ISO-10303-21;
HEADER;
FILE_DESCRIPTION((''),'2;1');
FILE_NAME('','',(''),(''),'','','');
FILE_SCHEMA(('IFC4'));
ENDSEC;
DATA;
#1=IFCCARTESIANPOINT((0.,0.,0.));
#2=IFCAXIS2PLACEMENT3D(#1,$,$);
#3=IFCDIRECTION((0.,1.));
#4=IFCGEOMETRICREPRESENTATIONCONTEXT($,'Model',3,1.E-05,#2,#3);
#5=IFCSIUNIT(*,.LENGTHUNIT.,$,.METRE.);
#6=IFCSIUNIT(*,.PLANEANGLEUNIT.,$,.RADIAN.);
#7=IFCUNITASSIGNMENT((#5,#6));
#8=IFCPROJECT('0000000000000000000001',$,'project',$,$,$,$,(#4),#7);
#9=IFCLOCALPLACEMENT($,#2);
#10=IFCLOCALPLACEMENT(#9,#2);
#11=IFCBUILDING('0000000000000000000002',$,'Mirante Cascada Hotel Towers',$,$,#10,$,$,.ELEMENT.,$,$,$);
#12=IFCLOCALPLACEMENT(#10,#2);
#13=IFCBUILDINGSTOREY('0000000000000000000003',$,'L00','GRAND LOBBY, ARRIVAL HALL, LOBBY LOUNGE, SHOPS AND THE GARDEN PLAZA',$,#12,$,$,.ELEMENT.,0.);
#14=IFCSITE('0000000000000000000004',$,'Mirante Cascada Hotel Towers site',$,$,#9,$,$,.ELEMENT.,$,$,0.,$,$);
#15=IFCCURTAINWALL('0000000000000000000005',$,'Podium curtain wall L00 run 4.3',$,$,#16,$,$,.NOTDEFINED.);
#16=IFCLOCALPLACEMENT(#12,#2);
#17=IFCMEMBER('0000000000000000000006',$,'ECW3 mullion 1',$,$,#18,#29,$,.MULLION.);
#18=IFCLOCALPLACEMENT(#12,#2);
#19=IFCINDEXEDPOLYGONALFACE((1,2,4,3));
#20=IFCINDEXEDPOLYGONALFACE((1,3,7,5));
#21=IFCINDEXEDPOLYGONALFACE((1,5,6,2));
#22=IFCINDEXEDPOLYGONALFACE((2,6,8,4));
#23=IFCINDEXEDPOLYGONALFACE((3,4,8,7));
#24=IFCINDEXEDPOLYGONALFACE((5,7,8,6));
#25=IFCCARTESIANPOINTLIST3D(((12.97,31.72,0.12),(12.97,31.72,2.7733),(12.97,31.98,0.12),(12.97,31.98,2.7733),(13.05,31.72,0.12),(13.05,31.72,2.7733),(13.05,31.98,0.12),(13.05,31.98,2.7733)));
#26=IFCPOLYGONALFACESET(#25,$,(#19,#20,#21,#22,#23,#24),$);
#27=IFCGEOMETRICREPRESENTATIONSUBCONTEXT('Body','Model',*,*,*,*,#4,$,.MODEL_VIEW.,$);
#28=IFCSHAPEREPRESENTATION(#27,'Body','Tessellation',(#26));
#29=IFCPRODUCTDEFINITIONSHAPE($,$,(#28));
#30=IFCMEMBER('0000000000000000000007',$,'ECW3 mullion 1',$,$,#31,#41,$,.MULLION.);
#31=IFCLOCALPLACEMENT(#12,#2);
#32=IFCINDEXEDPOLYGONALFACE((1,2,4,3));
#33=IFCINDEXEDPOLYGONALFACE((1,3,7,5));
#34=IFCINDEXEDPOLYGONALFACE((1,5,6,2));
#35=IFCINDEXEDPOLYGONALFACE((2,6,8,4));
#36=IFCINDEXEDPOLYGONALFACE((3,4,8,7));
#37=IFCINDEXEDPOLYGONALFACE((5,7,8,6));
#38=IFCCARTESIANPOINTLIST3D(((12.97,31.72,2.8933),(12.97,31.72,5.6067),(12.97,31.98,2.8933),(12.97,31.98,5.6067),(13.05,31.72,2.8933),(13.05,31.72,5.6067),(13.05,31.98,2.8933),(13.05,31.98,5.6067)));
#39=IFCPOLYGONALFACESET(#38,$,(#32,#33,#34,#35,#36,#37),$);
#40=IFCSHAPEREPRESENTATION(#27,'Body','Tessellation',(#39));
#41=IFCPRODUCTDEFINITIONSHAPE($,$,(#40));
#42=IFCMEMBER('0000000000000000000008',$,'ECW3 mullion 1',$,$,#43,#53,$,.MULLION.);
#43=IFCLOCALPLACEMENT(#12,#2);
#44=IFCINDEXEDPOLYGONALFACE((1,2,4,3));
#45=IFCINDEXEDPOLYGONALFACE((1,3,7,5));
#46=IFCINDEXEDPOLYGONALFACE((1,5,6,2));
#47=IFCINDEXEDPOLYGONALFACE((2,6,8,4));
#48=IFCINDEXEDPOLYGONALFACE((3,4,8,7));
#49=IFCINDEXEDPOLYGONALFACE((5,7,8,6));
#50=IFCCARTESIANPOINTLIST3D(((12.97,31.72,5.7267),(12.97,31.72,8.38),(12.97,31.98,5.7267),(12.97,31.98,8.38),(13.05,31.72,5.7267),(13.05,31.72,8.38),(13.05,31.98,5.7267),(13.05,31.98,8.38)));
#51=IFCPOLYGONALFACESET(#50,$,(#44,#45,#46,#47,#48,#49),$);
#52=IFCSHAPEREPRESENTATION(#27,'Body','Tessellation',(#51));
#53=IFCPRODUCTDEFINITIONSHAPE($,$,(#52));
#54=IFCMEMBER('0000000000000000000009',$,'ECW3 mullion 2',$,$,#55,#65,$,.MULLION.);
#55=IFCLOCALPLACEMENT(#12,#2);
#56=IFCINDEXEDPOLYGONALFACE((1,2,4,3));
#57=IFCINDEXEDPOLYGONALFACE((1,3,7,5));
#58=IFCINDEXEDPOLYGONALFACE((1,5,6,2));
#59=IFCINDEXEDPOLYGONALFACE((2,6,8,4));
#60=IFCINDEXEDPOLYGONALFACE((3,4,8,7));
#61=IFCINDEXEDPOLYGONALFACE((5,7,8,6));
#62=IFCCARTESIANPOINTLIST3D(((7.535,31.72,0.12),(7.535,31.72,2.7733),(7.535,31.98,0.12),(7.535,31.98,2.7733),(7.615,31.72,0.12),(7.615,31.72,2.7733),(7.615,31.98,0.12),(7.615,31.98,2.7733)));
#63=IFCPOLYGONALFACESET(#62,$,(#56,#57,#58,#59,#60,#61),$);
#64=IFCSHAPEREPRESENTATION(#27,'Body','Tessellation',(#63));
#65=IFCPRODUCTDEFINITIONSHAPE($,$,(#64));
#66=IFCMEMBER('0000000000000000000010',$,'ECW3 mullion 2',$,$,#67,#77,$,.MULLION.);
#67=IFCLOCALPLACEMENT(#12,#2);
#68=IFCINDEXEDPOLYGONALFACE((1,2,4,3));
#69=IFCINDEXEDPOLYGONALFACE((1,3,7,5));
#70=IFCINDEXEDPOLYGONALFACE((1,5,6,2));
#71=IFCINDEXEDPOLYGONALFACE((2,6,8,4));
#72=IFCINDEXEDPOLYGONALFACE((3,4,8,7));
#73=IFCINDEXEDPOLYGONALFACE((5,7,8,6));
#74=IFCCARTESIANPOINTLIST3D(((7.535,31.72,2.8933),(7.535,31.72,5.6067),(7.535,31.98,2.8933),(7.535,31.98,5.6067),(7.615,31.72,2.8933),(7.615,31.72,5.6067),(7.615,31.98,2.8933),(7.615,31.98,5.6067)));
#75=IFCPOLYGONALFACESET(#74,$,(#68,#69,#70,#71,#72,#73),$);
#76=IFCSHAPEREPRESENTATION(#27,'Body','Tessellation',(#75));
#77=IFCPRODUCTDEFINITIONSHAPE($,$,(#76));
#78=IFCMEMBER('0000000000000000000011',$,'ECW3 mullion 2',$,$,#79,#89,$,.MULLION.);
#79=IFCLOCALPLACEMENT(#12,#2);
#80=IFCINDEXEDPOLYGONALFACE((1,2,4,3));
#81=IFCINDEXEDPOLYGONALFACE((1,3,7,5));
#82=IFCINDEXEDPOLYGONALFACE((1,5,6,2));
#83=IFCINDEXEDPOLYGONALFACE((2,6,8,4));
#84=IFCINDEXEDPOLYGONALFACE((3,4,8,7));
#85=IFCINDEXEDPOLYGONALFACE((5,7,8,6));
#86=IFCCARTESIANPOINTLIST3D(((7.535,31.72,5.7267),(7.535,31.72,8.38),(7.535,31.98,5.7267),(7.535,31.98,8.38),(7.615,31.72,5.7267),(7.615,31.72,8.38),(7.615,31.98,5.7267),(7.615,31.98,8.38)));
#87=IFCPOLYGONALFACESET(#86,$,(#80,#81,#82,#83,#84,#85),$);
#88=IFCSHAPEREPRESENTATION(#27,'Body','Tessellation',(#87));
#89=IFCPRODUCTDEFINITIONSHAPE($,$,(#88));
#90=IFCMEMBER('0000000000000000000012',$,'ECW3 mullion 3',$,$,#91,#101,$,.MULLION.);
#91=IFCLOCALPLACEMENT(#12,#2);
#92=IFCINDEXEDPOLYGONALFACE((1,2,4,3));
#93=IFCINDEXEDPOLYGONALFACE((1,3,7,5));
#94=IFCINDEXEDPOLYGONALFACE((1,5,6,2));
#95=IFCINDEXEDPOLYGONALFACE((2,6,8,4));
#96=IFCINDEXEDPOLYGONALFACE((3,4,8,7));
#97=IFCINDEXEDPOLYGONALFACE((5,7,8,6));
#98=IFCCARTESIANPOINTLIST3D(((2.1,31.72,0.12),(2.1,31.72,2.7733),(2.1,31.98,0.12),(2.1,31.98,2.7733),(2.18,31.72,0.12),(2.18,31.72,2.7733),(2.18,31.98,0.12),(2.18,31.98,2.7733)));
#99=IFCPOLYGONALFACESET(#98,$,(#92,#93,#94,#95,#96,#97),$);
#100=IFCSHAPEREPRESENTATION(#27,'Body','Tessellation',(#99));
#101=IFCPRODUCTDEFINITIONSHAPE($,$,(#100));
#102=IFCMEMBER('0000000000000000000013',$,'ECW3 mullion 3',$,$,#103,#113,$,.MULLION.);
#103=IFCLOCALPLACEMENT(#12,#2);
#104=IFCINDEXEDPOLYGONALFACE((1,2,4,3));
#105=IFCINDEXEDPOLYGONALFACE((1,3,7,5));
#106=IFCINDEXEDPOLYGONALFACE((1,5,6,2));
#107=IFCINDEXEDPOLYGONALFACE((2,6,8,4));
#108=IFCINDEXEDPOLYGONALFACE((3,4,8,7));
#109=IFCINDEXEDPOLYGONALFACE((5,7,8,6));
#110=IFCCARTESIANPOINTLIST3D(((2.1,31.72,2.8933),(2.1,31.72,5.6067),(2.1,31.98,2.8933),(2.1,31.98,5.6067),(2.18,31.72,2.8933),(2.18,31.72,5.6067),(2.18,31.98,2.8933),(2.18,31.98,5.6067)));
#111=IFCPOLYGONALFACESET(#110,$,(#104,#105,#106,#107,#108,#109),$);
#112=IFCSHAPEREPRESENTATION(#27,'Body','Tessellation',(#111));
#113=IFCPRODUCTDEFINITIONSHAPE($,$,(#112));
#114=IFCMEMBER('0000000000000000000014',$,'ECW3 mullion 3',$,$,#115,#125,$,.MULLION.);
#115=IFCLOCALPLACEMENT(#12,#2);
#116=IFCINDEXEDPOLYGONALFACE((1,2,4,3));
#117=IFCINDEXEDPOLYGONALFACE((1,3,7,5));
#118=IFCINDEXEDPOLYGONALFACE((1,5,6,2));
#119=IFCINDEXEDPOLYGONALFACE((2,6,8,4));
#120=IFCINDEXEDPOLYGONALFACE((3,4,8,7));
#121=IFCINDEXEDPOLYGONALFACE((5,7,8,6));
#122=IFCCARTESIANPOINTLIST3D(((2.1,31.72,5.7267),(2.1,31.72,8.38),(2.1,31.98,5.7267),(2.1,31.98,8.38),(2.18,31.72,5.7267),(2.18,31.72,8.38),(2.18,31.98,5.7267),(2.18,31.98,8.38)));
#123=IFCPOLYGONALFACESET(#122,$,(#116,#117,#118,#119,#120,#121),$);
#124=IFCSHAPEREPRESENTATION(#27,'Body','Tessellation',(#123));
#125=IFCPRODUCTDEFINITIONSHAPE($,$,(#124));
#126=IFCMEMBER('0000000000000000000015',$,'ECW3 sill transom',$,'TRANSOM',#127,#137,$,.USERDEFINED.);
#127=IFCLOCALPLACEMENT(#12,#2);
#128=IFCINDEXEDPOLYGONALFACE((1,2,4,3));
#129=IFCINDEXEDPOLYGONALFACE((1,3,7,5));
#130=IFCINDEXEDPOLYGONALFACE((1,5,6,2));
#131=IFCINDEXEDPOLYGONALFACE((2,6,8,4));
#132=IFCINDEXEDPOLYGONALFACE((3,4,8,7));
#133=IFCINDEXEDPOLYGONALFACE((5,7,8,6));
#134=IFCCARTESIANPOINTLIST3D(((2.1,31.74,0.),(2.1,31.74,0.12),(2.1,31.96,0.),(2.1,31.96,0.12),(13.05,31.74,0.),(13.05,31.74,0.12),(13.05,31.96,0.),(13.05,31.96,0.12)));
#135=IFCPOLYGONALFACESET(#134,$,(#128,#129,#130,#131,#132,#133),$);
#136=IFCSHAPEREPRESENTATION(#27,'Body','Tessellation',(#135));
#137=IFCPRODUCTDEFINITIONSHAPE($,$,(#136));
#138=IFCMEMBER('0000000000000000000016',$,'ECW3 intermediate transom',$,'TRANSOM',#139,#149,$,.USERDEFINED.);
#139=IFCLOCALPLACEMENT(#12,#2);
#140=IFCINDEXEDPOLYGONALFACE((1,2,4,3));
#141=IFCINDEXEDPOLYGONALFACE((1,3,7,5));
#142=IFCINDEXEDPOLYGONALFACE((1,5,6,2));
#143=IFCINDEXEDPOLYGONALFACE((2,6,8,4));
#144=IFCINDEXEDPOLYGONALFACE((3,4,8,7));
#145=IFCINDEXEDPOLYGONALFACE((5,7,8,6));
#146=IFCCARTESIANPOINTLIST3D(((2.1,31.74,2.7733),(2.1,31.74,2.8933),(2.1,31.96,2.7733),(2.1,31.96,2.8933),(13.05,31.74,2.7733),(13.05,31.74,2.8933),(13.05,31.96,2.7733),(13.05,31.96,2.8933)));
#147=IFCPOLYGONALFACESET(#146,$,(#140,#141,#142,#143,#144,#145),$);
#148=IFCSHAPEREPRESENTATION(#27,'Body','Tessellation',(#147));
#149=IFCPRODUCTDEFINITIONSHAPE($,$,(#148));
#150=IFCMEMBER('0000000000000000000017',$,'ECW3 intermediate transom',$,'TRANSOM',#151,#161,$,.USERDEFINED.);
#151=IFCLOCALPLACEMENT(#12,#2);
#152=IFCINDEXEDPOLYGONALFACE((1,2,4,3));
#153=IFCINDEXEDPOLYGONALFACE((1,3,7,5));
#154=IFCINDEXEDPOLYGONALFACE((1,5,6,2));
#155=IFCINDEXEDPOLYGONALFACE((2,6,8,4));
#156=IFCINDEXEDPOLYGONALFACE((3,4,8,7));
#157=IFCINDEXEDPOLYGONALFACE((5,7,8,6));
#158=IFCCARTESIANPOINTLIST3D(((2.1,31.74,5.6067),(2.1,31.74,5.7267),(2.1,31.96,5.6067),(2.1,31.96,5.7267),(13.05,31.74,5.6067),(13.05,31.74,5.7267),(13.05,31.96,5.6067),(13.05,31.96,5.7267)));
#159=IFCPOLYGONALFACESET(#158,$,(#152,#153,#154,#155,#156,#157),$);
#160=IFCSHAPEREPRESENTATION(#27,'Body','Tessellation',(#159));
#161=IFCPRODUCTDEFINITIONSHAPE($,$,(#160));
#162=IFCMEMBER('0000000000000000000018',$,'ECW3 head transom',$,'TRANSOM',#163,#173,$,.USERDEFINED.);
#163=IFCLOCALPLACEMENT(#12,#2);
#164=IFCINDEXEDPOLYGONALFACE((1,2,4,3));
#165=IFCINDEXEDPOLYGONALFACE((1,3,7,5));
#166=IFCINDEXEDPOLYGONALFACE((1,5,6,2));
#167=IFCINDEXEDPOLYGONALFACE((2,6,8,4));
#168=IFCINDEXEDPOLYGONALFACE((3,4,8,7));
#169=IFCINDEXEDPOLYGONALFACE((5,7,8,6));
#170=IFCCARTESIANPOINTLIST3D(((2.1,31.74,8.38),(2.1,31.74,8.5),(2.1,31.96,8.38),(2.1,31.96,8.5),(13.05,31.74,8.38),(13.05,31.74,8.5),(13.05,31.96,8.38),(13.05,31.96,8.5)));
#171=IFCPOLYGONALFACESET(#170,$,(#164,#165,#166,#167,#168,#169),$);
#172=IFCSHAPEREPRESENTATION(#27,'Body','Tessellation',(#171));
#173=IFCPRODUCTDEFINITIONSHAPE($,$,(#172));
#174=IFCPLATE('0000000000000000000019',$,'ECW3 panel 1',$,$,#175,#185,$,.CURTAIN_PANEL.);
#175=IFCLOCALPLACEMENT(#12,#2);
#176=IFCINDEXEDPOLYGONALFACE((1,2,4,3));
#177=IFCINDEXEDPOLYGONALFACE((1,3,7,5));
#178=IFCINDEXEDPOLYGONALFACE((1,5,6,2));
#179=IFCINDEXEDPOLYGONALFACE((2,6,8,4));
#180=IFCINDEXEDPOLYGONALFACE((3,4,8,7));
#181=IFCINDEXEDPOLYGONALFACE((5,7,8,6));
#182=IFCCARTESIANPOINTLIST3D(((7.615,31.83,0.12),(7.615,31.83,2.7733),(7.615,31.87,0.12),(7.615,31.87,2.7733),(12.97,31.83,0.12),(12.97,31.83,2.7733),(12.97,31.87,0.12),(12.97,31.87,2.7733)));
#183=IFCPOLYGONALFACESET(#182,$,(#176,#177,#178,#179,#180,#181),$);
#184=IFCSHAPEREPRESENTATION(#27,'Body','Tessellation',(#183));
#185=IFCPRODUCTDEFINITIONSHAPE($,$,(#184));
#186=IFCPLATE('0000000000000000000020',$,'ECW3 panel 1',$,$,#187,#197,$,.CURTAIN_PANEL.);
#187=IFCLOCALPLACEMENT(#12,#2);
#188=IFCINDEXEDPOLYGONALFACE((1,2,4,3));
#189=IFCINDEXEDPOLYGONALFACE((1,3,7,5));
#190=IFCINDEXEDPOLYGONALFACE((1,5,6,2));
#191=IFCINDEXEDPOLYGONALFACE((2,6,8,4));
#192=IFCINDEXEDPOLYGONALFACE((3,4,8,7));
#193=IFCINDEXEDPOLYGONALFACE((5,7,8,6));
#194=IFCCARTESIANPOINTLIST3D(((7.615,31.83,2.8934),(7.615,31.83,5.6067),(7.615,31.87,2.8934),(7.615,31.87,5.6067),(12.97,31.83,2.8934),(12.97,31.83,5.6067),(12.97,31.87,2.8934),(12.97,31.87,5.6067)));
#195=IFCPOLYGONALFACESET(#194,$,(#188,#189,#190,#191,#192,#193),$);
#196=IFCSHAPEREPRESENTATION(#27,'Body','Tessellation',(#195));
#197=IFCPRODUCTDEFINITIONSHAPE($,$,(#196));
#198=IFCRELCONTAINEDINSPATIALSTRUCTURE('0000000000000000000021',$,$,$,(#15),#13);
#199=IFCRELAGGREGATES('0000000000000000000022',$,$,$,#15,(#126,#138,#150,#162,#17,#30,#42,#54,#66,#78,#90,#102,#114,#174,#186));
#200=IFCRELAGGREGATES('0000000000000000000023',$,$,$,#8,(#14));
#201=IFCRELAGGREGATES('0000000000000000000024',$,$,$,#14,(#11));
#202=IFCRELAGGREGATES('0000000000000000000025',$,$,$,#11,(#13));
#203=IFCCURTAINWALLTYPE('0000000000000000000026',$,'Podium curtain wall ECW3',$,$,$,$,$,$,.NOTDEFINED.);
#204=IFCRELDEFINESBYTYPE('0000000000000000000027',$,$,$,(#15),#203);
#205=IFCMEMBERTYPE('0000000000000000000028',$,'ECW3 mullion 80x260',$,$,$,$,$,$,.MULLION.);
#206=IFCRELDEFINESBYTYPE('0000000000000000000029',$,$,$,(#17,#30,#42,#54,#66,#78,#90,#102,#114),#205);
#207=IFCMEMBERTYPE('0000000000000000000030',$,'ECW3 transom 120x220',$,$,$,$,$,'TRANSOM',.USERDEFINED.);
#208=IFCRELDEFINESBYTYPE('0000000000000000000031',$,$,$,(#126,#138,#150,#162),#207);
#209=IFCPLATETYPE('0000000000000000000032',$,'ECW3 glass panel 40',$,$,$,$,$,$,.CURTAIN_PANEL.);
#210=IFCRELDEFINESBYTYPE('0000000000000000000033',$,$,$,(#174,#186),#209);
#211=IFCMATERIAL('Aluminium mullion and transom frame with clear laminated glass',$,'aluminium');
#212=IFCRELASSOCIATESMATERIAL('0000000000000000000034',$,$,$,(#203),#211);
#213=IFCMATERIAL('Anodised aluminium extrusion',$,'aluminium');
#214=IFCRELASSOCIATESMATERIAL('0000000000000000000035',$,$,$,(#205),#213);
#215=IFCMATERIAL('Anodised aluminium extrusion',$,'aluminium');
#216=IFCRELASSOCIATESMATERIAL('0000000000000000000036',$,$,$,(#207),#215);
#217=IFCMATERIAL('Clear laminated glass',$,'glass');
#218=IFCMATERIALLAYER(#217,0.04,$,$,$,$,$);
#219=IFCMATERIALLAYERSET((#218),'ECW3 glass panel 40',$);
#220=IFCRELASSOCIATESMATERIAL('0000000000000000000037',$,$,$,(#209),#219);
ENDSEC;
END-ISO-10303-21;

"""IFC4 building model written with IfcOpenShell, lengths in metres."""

from ifc_helpers import new_model, si_unit, direction, frame, origin, origin_2d, place, context, subcontext, project, spatial, rectangle, extrude, material, layer, layer_set, material_profile, profile_set, type_object, element, aggregate, save


model = new_model("IFC4")

# Units and contexts
model_context = context("Model", 3, precision=1e-05, world=origin(), true_north=direction((0.0, 1.0)))
body_context = subcontext(model_context, "Body", "Model", "MODEL_VIEW")
ifc_project = project(units=[si_unit("LENGTHUNIT", "METRE"), si_unit("PLANEANGLEUNIT", "RADIAN")], contexts=[model_context])

# Site, building, storey
site_placement = place(None, origin())
site = spatial("IfcSite", under=ifc_project, at=site_placement, Name="Mirante Cascada Hotel Towers site", CompositionType="ELEMENT", RefElevation=0.0)
building_placement = place(site_placement, origin())
building = spatial("IfcBuilding", under=site, at=building_placement, Name="Mirante Cascada Hotel Towers", CompositionType="ELEMENT")
storey_placement = place(building_placement, origin())
storey = spatial("IfcBuildingStorey", under=building, at=storey_placement, Name="L00", Description="GRAND LOBBY, ARRIVAL HALL, LOBBY LOUNGE, SHOPS AND THE GARDEN PLAZA", CompositionType="ELEMENT", Elevation=0.0)

# Curtain wall, members, plates
ifc_material_1 = material(Name="Aluminium mullion and transom frame with clear laminated glass", Category="aluminium")
curtain_wall_type = type_object("IfcCurtainWallType", Name="Podium curtain wall ECW3", PredefinedType="NOTDEFINED", material=ifc_material_1)
curtain_wall_placement = place(storey_placement, origin())
curtain_wall = element("IfcCurtainWall", 1, at=curtain_wall_placement, inside=storey, type_object=curtain_wall_type, Name="Podium curtain wall L00 run 4.3", PredefinedType="NOTDEFINED")
ifc_material_2 = material(Name="Anodised aluminium extrusion", Category="aluminium")
ifc_material_profile_1 = material_profile(ifc_material_2, rectangle(XDim=0.26, YDim=0.08, at=origin_2d()), Name="ECW3 MULLION 80x260")
ifc_profile_set_1 = profile_set([ifc_material_profile_1], Name="Anodised aluminium extrusion")
member_type_1 = type_object("IfcMemberType", Name="ECW3 mullion 80x260", PredefinedType="MULLION", material=ifc_profile_set_1)
member_1_placement = place(storey_placement, frame((13.01, 31.85, 0.12), z_axis=(0.0, 0.0, 1.0), x_axis=(0.0, -1.0, 0.0)))
member_1 = element("IfcMember", 2, at=member_1_placement, type_object=member_type_1, Name="ECW3 mullion 1", PredefinedType="MULLION", context=body_context, shape_type="SweptSolid", body=[
    extrude(rectangle(XDim=0.26, YDim=0.08, at=origin_2d()), origin(), (0.0, 0.0, 1.0), 2.6533),
])
member_2_placement = place(storey_placement, frame((13.01, 31.85, 2.8933), z_axis=(0.0, 0.0, 1.0), x_axis=(0.0, -1.0, 0.0)))
member_2 = element("IfcMember", 3, at=member_2_placement, type_object=member_type_1, Name="ECW3 mullion 1", PredefinedType="MULLION", context=body_context, shape_type="SweptSolid", body=[
    extrude(rectangle(XDim=0.26, YDim=0.08, at=origin_2d()), origin(), (0.0, 0.0, 1.0), 2.7134),
])
member_3_placement = place(storey_placement, frame((13.01, 31.85, 5.7267), z_axis=(0.0, 0.0, 1.0), x_axis=(0.0, -1.0, 0.0)))
member_3 = element("IfcMember", 4, at=member_3_placement, type_object=member_type_1, Name="ECW3 mullion 1", PredefinedType="MULLION", context=body_context, shape_type="SweptSolid", body=[
    extrude(rectangle(XDim=0.26, YDim=0.08, at=origin_2d()), origin(), (0.0, 0.0, 1.0), 2.6533),
])
member_4_placement = place(storey_placement, frame((7.575, 31.85, 0.12), z_axis=(0.0, 0.0, 1.0), x_axis=(0.0, -1.0, 0.0)))
member_4 = element("IfcMember", 5, at=member_4_placement, type_object=member_type_1, Name="ECW3 mullion 2", PredefinedType="MULLION", context=body_context, shape_type="SweptSolid", body=[
    extrude(rectangle(XDim=0.26, YDim=0.08, at=origin_2d()), origin(), (0.0, 0.0, 1.0), 2.6533),
])
member_5_placement = place(storey_placement, frame((7.575, 31.85, 2.8933), z_axis=(0.0, 0.0, 1.0), x_axis=(0.0, -1.0, 0.0)))
member_5 = element("IfcMember", 6, at=member_5_placement, type_object=member_type_1, Name="ECW3 mullion 2", PredefinedType="MULLION", context=body_context, shape_type="SweptSolid", body=[
    extrude(rectangle(XDim=0.26, YDim=0.08, at=origin_2d()), origin(), (0.0, 0.0, 1.0), 2.7134),
])
member_6_placement = place(storey_placement, frame((7.575, 31.85, 5.7267), z_axis=(0.0, 0.0, 1.0), x_axis=(0.0, -1.0, 0.0)))
member_6 = element("IfcMember", 7, at=member_6_placement, type_object=member_type_1, Name="ECW3 mullion 2", PredefinedType="MULLION", context=body_context, shape_type="SweptSolid", body=[
    extrude(rectangle(XDim=0.26, YDim=0.08, at=origin_2d()), origin(), (0.0, 0.0, 1.0), 2.6533),
])
member_7_placement = place(storey_placement, frame((2.14, 31.85, 0.12), z_axis=(0.0, 0.0, 1.0), x_axis=(0.0, -1.0, 0.0)))
member_7 = element("IfcMember", 8, at=member_7_placement, type_object=member_type_1, Name="ECW3 mullion 3", PredefinedType="MULLION", context=body_context, shape_type="SweptSolid", body=[
    extrude(rectangle(XDim=0.26, YDim=0.08, at=origin_2d()), origin(), (0.0, 0.0, 1.0), 2.6533),
])
member_8_placement = place(storey_placement, frame((2.14, 31.85, 2.8933), z_axis=(0.0, 0.0, 1.0), x_axis=(0.0, -1.0, 0.0)))
member_8 = element("IfcMember", 9, at=member_8_placement, type_object=member_type_1, Name="ECW3 mullion 3", PredefinedType="MULLION", context=body_context, shape_type="SweptSolid", body=[
    extrude(rectangle(XDim=0.26, YDim=0.08, at=origin_2d()), origin(), (0.0, 0.0, 1.0), 2.7134),
])
member_9_placement = place(storey_placement, frame((2.14, 31.85, 5.7267), z_axis=(0.0, 0.0, 1.0), x_axis=(0.0, -1.0, 0.0)))
member_9 = element("IfcMember", 10, at=member_9_placement, type_object=member_type_1, Name="ECW3 mullion 3", PredefinedType="MULLION", context=body_context, shape_type="SweptSolid", body=[
    extrude(rectangle(XDim=0.26, YDim=0.08, at=origin_2d()), origin(), (0.0, 0.0, 1.0), 2.6533),
])
ifc_material_3 = material(Name="Anodised aluminium extrusion", Category="aluminium")
ifc_material_profile_2 = material_profile(ifc_material_3, rectangle(XDim=0.22, YDim=0.12, at=origin_2d()), Name="ECW3 TRANSOM 120x220")
ifc_profile_set_2 = profile_set([ifc_material_profile_2], Name="Anodised aluminium extrusion")
member_type_2 = type_object("IfcMemberType", Name="ECW3 transom 120x220", ElementType="TRANSOM", PredefinedType="USERDEFINED", material=ifc_profile_set_2)
member_10_placement = place(storey_placement, frame((13.05, 31.85, 0.06), z_axis=(-1.0, 0.0, 0.0), x_axis=(0.0, -1.0, 0.0)))
member_10 = element("IfcMember", 11, at=member_10_placement, type_object=member_type_2, Name="ECW3 sill transom", ObjectType="TRANSOM", PredefinedType="USERDEFINED", context=body_context, shape_type="SweptSolid", body=[
    extrude(rectangle(XDim=0.22, YDim=0.12, at=origin_2d()), origin(), (0.0, 0.0, 1.0), 10.95),
])
member_11_placement = place(storey_placement, frame((13.05, 31.85, 2.8333), z_axis=(-1.0, 0.0, 0.0), x_axis=(0.0, -1.0, 0.0)))
member_11 = element("IfcMember", 12, at=member_11_placement, type_object=member_type_2, Name="ECW3 intermediate transom", ObjectType="TRANSOM", PredefinedType="USERDEFINED", context=body_context, shape_type="SweptSolid", body=[
    extrude(rectangle(XDim=0.22, YDim=0.12, at=origin_2d()), origin(), (0.0, 0.0, 1.0), 10.95),
])
member_12_placement = place(storey_placement, frame((13.05, 31.85, 5.6667), z_axis=(-1.0, 0.0, 0.0), x_axis=(0.0, -1.0, 0.0)))
member_12 = element("IfcMember", 13, at=member_12_placement, type_object=member_type_2, Name="ECW3 intermediate transom", ObjectType="TRANSOM", PredefinedType="USERDEFINED", context=body_context, shape_type="SweptSolid", body=[
    extrude(rectangle(XDim=0.22, YDim=0.12, at=origin_2d()), origin(), (0.0, 0.0, 1.0), 10.95),
])
member_13_placement = place(storey_placement, frame((13.05, 31.85, 8.44), z_axis=(-1.0, 0.0, 0.0), x_axis=(0.0, -1.0, 0.0)))
member_13 = element("IfcMember", 14, at=member_13_placement, type_object=member_type_2, Name="ECW3 head transom", ObjectType="TRANSOM", PredefinedType="USERDEFINED", context=body_context, shape_type="SweptSolid", body=[
    extrude(rectangle(XDim=0.22, YDim=0.12, at=origin_2d()), origin(), (0.0, 0.0, 1.0), 10.95),
])
ifc_material_4 = material(Name="Clear laminated glass", Category="glass")
ifc_layer_1 = layer(ifc_material_4, 0.04)
ifc_layer_set_1 = layer_set([ifc_layer_1], Name="ECW3 glass panel 40")
plate_type = type_object("IfcPlateType", Name="ECW3 glass panel 40", PredefinedType="CURTAIN_PANEL", material=ifc_layer_set_1)
plate_1_placement = place(storey_placement, frame((10.2925, 31.85, 0.12), z_axis=(0.0, 0.0, 1.0), x_axis=(-1.0, 0.0, 0.0)))
plate_1 = element("IfcPlate", 15, at=plate_1_placement, type_object=plate_type, Name="ECW3 panel 1", PredefinedType="CURTAIN_PANEL", context=body_context, shape_type="SweptSolid", body=[
    extrude(rectangle(XDim=5.355, YDim=0.04, at=origin_2d()), origin(), (0.0, 0.0, 1.0), 2.6533),
])
plate_2_placement = place(storey_placement, frame((10.2925, 31.85, 2.8934), z_axis=(0.0, 0.0, 1.0), x_axis=(-1.0, 0.0, 0.0)))
plate_2 = element("IfcPlate", 16, at=plate_2_placement, type_object=plate_type, Name="ECW3 panel 1", PredefinedType="CURTAIN_PANEL", context=body_context, shape_type="SweptSolid", body=[
    extrude(rectangle(XDim=5.355, YDim=0.04, at=origin_2d()), origin(), (0.0, 0.0, 1.0), 2.7133),
])
aggregate(curtain_wall, [member_10, member_11, member_12, member_13, member_1, member_2, member_3, member_4, member_5, member_6, member_7, member_8, member_9, plate_1, plate_2])

save(model, "model.ifc")
